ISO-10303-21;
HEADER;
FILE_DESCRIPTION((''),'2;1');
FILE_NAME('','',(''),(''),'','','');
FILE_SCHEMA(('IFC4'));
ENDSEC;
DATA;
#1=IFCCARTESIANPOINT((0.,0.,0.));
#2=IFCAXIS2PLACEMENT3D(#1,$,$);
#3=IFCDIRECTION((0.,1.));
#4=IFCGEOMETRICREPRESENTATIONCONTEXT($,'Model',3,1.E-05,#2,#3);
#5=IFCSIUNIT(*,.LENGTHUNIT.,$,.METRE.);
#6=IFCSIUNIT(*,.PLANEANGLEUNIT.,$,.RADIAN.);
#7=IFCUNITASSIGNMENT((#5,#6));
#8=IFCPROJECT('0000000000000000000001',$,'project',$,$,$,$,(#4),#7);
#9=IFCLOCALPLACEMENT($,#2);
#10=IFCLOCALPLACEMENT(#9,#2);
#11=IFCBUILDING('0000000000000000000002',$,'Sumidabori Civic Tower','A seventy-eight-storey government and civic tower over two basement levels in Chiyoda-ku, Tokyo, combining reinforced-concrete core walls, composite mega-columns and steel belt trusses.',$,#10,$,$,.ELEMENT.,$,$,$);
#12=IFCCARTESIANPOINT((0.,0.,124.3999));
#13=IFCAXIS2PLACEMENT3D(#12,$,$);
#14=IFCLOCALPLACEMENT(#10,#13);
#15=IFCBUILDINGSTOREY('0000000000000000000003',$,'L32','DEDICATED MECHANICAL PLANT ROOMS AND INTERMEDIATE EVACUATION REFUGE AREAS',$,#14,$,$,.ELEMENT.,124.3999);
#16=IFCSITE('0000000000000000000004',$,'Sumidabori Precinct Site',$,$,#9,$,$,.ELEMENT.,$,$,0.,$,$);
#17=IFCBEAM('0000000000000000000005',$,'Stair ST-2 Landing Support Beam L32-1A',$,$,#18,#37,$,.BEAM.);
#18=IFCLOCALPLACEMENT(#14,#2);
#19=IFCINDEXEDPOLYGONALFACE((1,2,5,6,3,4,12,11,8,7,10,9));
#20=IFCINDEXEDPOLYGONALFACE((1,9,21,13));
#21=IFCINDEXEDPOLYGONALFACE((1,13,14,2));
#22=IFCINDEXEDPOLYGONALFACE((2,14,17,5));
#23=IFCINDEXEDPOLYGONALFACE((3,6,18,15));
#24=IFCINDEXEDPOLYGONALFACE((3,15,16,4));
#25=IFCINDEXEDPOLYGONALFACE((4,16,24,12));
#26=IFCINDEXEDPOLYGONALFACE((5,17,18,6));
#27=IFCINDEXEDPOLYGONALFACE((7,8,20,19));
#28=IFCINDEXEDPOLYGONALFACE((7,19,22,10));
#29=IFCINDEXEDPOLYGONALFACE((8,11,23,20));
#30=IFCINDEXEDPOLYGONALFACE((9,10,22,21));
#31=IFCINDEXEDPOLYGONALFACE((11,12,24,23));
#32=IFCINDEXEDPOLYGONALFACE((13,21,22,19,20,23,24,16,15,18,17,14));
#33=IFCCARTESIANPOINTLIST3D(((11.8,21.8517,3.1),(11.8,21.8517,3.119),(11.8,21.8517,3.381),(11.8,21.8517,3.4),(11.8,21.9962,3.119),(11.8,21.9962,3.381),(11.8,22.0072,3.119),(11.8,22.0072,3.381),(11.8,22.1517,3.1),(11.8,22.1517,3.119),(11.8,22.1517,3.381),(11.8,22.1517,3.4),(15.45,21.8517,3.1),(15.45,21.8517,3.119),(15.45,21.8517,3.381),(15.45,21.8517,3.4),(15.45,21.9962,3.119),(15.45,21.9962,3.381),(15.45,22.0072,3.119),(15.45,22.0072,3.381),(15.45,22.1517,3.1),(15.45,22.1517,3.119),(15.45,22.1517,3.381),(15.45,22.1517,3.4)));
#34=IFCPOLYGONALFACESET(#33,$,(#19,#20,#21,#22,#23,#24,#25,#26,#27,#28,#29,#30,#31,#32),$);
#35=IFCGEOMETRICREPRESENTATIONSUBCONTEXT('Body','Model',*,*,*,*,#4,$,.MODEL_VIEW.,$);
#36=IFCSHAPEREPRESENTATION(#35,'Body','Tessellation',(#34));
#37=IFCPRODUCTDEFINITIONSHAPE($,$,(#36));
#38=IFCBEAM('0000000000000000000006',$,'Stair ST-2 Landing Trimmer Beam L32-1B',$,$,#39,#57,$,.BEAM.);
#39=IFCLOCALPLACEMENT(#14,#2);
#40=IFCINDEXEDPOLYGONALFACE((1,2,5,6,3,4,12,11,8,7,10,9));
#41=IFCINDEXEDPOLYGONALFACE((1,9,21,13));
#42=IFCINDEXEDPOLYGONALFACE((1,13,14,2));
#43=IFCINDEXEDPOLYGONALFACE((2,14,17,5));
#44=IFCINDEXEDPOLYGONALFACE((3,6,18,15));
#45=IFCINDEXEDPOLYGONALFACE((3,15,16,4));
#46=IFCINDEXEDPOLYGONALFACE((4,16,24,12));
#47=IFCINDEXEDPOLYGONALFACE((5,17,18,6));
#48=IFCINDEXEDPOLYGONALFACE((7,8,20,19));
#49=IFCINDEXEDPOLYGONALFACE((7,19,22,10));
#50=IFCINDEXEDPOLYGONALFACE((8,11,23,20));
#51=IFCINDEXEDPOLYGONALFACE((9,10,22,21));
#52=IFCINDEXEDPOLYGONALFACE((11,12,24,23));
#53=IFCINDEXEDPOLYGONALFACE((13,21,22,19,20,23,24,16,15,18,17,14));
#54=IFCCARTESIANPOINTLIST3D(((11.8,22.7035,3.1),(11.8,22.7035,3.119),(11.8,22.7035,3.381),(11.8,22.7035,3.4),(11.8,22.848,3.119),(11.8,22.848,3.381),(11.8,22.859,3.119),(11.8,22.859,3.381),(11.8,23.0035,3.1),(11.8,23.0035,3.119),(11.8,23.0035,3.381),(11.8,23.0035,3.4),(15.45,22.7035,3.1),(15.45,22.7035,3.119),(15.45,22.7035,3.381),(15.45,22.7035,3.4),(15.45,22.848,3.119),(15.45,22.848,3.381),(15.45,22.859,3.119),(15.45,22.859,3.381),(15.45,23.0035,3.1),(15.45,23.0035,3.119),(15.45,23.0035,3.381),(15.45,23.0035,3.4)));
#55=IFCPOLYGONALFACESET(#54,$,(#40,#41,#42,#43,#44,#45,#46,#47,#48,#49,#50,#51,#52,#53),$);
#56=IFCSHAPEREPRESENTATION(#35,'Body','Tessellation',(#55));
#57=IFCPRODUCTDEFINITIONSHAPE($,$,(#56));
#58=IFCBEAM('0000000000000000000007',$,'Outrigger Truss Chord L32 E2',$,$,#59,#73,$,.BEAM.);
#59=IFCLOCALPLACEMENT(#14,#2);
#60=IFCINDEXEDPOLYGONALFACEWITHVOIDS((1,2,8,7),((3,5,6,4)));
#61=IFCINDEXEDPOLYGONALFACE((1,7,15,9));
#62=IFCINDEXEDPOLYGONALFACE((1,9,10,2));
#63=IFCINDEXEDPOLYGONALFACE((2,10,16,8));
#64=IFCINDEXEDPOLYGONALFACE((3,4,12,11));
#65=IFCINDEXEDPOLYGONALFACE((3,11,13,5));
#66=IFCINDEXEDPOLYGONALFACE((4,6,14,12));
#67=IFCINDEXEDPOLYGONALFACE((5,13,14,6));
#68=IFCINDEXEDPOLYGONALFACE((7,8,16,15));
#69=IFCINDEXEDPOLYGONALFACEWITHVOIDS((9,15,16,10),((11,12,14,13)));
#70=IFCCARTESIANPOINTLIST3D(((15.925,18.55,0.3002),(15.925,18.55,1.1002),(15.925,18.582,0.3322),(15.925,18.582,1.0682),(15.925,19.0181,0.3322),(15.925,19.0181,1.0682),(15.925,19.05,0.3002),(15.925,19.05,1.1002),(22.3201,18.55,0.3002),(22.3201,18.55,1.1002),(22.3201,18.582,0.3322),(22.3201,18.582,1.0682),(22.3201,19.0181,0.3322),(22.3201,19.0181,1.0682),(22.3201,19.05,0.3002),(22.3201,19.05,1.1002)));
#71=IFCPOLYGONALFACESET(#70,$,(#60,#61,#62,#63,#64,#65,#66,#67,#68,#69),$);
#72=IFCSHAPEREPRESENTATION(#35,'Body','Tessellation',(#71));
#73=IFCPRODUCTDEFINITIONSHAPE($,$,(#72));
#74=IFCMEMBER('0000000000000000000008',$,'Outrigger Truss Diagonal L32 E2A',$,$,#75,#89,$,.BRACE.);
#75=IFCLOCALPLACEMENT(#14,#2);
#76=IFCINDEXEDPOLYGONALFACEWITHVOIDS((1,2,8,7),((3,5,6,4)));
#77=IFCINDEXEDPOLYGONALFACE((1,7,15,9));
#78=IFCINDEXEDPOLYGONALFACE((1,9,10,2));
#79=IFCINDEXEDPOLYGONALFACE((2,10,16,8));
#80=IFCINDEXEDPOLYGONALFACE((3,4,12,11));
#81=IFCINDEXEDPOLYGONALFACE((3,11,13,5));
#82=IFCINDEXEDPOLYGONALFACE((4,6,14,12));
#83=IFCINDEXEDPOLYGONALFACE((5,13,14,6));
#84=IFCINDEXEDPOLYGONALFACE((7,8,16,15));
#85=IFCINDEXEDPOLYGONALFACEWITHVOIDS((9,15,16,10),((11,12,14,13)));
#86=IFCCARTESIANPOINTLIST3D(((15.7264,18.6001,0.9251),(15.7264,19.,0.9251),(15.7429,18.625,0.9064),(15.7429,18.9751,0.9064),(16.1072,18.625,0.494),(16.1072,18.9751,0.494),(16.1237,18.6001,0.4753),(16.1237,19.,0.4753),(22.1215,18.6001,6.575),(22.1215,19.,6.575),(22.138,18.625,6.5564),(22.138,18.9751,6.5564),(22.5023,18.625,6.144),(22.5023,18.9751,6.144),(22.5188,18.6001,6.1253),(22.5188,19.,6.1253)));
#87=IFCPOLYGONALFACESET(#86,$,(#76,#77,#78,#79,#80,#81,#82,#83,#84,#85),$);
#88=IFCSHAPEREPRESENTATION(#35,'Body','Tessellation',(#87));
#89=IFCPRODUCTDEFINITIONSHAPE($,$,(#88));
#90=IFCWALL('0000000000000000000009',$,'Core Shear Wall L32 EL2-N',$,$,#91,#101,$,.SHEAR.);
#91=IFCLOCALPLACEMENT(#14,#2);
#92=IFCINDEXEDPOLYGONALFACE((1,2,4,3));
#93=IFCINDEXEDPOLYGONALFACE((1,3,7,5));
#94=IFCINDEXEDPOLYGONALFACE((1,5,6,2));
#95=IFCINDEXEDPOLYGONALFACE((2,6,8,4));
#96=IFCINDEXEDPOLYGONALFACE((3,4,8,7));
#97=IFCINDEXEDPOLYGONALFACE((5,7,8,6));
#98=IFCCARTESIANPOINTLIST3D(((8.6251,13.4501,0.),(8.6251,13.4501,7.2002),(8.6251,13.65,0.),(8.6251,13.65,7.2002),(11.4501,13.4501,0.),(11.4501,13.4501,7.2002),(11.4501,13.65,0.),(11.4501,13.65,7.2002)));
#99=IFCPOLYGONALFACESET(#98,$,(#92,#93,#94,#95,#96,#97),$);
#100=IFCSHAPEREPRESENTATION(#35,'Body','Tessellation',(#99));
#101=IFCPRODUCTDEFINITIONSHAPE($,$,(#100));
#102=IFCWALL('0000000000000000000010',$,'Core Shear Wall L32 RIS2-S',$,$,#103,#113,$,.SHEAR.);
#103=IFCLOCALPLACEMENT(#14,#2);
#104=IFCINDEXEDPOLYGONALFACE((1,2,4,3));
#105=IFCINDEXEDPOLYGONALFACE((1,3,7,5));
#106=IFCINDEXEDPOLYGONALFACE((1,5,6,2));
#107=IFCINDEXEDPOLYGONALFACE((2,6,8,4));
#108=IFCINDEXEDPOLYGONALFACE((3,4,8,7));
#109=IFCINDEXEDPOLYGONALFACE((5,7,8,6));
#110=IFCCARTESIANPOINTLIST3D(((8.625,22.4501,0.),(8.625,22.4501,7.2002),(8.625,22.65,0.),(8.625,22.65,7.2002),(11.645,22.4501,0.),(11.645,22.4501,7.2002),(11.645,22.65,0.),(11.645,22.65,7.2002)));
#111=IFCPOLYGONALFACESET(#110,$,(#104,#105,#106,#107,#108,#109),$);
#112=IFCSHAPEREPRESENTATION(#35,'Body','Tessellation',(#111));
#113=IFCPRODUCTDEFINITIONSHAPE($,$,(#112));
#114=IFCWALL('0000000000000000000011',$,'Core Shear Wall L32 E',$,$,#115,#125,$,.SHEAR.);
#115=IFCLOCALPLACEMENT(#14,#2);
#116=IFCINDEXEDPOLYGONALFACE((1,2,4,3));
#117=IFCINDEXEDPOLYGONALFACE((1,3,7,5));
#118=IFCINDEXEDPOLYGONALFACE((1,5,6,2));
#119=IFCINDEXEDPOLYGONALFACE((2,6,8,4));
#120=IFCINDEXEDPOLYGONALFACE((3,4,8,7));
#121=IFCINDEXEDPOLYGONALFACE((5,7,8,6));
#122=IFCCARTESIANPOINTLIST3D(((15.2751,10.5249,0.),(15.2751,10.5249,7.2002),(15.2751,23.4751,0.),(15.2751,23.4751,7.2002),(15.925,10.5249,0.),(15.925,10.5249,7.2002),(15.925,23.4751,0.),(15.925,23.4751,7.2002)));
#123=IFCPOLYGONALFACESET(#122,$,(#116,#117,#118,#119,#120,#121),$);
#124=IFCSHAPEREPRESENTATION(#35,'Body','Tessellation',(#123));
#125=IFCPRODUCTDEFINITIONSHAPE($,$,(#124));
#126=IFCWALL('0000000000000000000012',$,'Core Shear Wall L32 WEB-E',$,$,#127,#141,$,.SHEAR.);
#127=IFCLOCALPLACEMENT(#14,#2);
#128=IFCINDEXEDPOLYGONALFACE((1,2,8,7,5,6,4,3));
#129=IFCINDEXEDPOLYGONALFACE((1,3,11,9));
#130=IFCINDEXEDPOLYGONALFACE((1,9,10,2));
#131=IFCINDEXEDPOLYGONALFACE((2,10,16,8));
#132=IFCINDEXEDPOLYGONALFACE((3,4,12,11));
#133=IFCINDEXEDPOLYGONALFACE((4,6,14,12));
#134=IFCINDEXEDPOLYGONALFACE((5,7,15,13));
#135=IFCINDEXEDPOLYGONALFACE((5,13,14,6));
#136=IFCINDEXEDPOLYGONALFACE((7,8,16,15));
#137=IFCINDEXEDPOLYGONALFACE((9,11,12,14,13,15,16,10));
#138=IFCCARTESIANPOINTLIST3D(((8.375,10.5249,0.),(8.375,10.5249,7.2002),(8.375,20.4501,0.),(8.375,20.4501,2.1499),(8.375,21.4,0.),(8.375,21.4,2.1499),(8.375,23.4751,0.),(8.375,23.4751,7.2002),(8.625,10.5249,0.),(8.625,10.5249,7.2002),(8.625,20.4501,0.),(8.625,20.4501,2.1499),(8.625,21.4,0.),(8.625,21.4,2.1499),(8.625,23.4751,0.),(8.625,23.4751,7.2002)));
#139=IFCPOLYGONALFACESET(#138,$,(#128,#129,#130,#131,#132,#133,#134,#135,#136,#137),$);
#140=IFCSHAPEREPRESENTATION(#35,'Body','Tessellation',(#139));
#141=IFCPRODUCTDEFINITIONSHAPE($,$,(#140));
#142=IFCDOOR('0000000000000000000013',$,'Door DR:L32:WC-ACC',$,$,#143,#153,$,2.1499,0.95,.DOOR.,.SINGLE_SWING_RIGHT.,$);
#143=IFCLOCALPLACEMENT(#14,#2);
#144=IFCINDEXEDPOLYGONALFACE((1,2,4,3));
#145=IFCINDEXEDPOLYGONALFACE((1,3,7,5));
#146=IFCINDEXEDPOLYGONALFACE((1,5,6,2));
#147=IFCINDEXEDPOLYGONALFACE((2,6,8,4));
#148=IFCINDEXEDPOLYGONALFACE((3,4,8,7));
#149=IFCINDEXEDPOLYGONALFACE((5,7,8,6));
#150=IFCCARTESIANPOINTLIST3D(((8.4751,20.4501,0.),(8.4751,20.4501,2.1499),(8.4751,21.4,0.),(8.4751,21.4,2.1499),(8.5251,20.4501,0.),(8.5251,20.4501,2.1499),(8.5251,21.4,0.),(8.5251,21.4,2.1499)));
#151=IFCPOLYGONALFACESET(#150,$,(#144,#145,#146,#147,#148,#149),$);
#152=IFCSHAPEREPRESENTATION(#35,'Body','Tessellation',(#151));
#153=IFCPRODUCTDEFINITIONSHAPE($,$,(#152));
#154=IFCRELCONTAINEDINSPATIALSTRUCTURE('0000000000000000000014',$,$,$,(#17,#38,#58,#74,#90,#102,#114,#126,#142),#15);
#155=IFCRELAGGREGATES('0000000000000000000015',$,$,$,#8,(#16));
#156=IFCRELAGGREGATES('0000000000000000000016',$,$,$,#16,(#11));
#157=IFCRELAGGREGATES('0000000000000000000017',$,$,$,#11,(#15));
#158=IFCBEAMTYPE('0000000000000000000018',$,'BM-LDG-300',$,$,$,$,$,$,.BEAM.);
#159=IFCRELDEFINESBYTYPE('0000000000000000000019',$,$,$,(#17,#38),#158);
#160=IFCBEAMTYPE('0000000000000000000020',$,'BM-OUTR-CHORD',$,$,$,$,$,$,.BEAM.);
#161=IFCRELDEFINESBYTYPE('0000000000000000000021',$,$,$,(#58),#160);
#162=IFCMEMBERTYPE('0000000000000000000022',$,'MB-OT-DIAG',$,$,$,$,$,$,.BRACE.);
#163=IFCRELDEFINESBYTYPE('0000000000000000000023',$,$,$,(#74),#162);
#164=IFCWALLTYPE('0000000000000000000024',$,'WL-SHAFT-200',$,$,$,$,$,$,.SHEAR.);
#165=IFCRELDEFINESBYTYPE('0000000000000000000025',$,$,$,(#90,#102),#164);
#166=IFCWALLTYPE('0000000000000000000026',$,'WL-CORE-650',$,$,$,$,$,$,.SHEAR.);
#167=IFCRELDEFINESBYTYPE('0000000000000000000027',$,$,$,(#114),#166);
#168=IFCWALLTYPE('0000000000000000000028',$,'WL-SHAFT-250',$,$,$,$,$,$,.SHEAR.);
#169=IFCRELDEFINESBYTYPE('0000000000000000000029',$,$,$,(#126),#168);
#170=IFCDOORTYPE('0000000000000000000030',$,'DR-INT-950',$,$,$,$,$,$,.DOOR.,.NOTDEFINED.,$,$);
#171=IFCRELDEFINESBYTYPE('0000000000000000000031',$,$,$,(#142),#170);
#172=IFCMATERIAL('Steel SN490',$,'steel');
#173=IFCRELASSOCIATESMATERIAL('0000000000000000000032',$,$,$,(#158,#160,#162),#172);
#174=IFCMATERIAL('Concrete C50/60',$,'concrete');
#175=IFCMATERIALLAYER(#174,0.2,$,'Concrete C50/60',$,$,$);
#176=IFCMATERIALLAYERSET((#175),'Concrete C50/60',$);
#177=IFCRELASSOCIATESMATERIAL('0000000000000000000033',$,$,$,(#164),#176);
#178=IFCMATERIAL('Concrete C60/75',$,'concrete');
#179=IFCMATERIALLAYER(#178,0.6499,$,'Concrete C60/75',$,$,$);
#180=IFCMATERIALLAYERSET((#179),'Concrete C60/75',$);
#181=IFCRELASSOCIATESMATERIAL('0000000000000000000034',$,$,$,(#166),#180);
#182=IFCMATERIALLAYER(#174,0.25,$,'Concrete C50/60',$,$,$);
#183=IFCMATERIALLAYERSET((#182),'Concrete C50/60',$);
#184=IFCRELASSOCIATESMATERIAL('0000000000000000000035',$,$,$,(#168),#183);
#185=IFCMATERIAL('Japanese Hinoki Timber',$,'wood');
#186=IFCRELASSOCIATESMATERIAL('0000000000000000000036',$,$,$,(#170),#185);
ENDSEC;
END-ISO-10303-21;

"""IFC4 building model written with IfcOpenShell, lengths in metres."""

from ifc_helpers import new_model, si_unit, direction, frame, frame_2d, origin, origin_2d, place, context, subcontext, project, spatial, rectangle, hollow_rectangle, i_section, extrude, source, transform, mapped, material, layer, layer_set, material_profile, profile_set, type_object, element, fill, save


model = new_model("IFC4")

# Units and contexts
model_context = context("Model", 3, precision=1e-05, world=origin(), true_north=direction((0.0, 1.0)))
body_context = subcontext(model_context, "Body", "Model", "MODEL_VIEW")
ifc_project = project(units=[si_unit("LENGTHUNIT", "METRE"), si_unit("PLANEANGLEUNIT", "RADIAN")], contexts=[model_context])

# Site, building, storey
site_placement = place(None, origin())
site = spatial("IfcSite", under=ifc_project, at=site_placement, Name="Sumidabori Precinct Site", CompositionType="ELEMENT", RefElevation=0.0)
building_placement = place(site_placement, origin())
building = spatial("IfcBuilding", under=site, at=building_placement, Name="Sumidabori Civic Tower", Description="A seventy-eight-storey government and civic tower over two basement levels in Chiyoda-ku, Tokyo, combining reinforced-concrete core walls, composite mega-columns and steel belt trusses.", CompositionType="ELEMENT")
storey_placement = place(building_placement, frame((0.0, 0.0, 124.3999)))
storey = spatial("IfcBuildingStorey", under=building, at=storey_placement, Name="L32", Description="DEDICATED MECHANICAL PLANT ROOMS AND INTERMEDIATE EVACUATION REFUGE AREAS", CompositionType="ELEMENT", Elevation=124.3999)

# Beams
ifc_material_1 = material(Name="Steel SN490", Category="steel")
ifc_material_profile_1 = material_profile(ifc_material_1, i_section(OverallWidth=0.3, OverallDepth=0.3, WebThickness=0.011, FlangeThickness=0.019, at=origin_2d()), Name="HE 300 B")
ifc_profile_set_1 = profile_set([ifc_material_profile_1], Name="Steel SN490")
beam_type_1 = type_object("IfcBeamType", Name="BM-LDG-300", PredefinedType="BEAM", material=ifc_profile_set_1)
shared_shape_1 = source(origin(), body_context, "Body", "SweptSolid", [
    extrude(i_section(OverallWidth=0.3, OverallDepth=0.3, WebThickness=0.011, FlangeThickness=0.019, at=origin_2d()), origin(), (0.0, 0.0, 1.0), 3.6499),
])
for number, where, z_axis, x_axis, name in (
    (1, (11.8, 22.0017, 3.25), (1.0, 0.0, 0.0), (0.0, 1.0, 0.0), "Stair ST-2 Landing Support Beam L32-1A"),
    (2, (11.8, 22.8535, 3.25), (1.0, 0.0, 0.0), (0.0, 1.0, 0.0), "Stair ST-2 Landing Trimmer Beam L32-1B"),
):
    element("IfcBeam", number, at=place(storey_placement, frame(where, z_axis=z_axis, x_axis=x_axis)), inside=storey, type_object=beam_type_1, Name=name, PredefinedType="BEAM", context=body_context, shape_type="MappedRepresentation", body=[
        mapped(shared_shape_1, transform((0.0, 0.0, 0.0), x_axis=(1.0, 0.0, 0.0), y_axis=(0.0, 1.0, 0.0), z_axis=(0.0, 0.0, 1.0), scale=1.0)),
    ])
ifc_material_profile_2 = material_profile(ifc_material_1, hollow_rectangle(XDim=0.5, YDim=0.8, WallThickness=0.032, at=origin_2d()), Name="RHS 800x500x32")
ifc_profile_set_2 = profile_set([ifc_material_profile_2], Name="Steel SN490")
beam_type_2 = type_object("IfcBeamType", Name="BM-OUTR-CHORD", PredefinedType="BEAM", material=ifc_profile_set_2)
shared_shape_2 = source(origin(), body_context, "Body", "SweptSolid", [
    extrude(hollow_rectangle(XDim=0.5, YDim=0.8, WallThickness=0.032, at=origin_2d()), origin(), (0.0, 0.0, 1.0), 6.395),
])
beam_placement = place(storey_placement, frame((15.925, 18.8, 0.7002), z_axis=(1.0, 0.0, 0.0), x_axis=(0.0, 1.0, 0.0)))
element("IfcBeam", 3, at=beam_placement, inside=storey, type_object=beam_type_2, Name="Outrigger Truss Chord L32 E2", PredefinedType="BEAM", context=body_context, shape_type="MappedRepresentation", body=[
    mapped(shared_shape_2, transform((0.0, 0.0, 0.0), x_axis=(1.0, 0.0, 0.0), y_axis=(0.0, 1.0, 0.0), z_axis=(0.0, 0.0, 1.0), scale=1.0)),
])

# Member
ifc_material_profile_3 = material_profile(ifc_material_1, hollow_rectangle(XDim=0.3999, YDim=0.6001, WallThickness=0.0249, at=origin_2d()), Name="RHS 600x400x25")
ifc_profile_set_3 = profile_set([ifc_material_profile_3], Name="Steel SN490")
member_type = type_object("IfcMemberType", Name="MB-OT-DIAG", PredefinedType="BRACE", material=ifc_profile_set_3)
shared_shape_3 = source(origin(), body_context, "Body", "SweptSolid", [
    extrude(hollow_rectangle(XDim=0.3999, YDim=0.6001, WallThickness=0.0249, at=origin_2d()), origin(), (0.0, 0.0, 1.0), 8.5334),
])
member_placement = place(storey_placement, frame((15.925, 18.8, 0.7002), z_axis=(0.749417, 0.0, 0.662098), x_axis=(0.0, 1.0, 0.0)))
element("IfcMember", 4, at=member_placement, inside=storey, type_object=member_type, Name="Outrigger Truss Diagonal L32 E2A", PredefinedType="BRACE", context=body_context, shape_type="MappedRepresentation", body=[
    mapped(shared_shape_3, transform((0.0, 0.0, 0.0), x_axis=(1.0, 0.0, 0.0), y_axis=(0.0, 1.0, 0.0), z_axis=(0.0, 0.0, 1.0), scale=1.0)),
])

# Walls
ifc_material_2 = material(Name="Concrete C50/60", Category="concrete")
ifc_layer_1 = layer(ifc_material_2, 0.2, Name="Concrete C50/60")
ifc_layer_set_1 = layer_set([ifc_layer_1], Name="Concrete C50/60")
wall_type_1 = type_object("IfcWallType", Name="WL-SHAFT-200", PredefinedType="SHEAR", material=ifc_layer_set_1)
shared_shape_4 = source(origin(), body_context, "Body", "SweptSolid", [
    extrude(rectangle(XDim=2.825, YDim=0.2, at=frame_2d((1.4126, 0.0))), origin(), (0.0, 0.0, 1.0), 7.2002),
])
wall_1_placement = place(storey_placement, frame((8.625, 13.55, 0.0), z_axis=(0.0, 0.0, 1.0), x_axis=(1.0, 0.0, 0.0)))
element("IfcWall", 5, at=wall_1_placement, inside=storey, type_object=wall_type_1, Name="Core Shear Wall L32 EL2-N", PredefinedType="SHEAR", context=body_context, shape_type="MappedRepresentation", body=[
    mapped(shared_shape_4, transform((0.0, 0.0, 0.0), x_axis=(1.0, 0.0, 0.0), y_axis=(0.0, 1.0, 0.0), z_axis=(0.0, 0.0, 1.0), scale=1.0)),
])
shared_shape_5 = source(origin(), body_context, "Body", "SweptSolid", [
    extrude(rectangle(XDim=3.02, YDim=0.2, at=frame_2d((1.51, 0.0))), origin(), (0.0, 0.0, 1.0), 7.2002),
])
wall_2_placement = place(storey_placement, frame((8.625, 22.55, 0.0), z_axis=(0.0, 0.0, 1.0), x_axis=(1.0, 0.0, 0.0)))
element("IfcWall", 6, at=wall_2_placement, inside=storey, type_object=wall_type_1, Name="Core Shear Wall L32 RIS2-S", PredefinedType="SHEAR", context=body_context, shape_type="MappedRepresentation", body=[
    mapped(shared_shape_5, transform((0.0, 0.0, 0.0), x_axis=(1.0, 0.0, 0.0), y_axis=(0.0, 1.0, 0.0), z_axis=(0.0, 0.0, 1.0), scale=1.0)),
])
ifc_material_3 = material(Name="Concrete C60/75", Category="concrete")
ifc_layer_2 = layer(ifc_material_3, 0.6499, Name="Concrete C60/75")
ifc_layer_set_2 = layer_set([ifc_layer_2], Name="Concrete C60/75")
wall_type_2 = type_object("IfcWallType", Name="WL-CORE-650", PredefinedType="SHEAR", material=ifc_layer_set_2)
shared_shape_6 = source(origin(), body_context, "Body", "SweptSolid", [
    extrude(rectangle(XDim=12.9502, YDim=0.6499, at=frame_2d((6.4751, 0.0))), origin(), (0.0, 0.0, 1.0), 7.2002),
])
wall_3_placement = place(storey_placement, frame((15.6001, 10.5249, 0.0), z_axis=(0.0, 0.0, 1.0), x_axis=(0.0, 1.0, 0.0)))
element("IfcWall", 7, at=wall_3_placement, inside=storey, type_object=wall_type_2, Name="Core Shear Wall L32 E", PredefinedType="SHEAR", context=body_context, shape_type="MappedRepresentation", body=[
    mapped(shared_shape_6, transform((0.0, 0.0, 0.0), x_axis=(1.0, 0.0, 0.0), y_axis=(0.0, 1.0, 0.0), z_axis=(0.0, 0.0, 1.0), scale=1.0)),
])

# Wall, opening, door
ifc_layer_3 = layer(ifc_material_2, 0.25, Name="Concrete C50/60")
ifc_layer_set_3 = layer_set([ifc_layer_3], Name="Concrete C50/60")
wall_type_3 = type_object("IfcWallType", Name="WL-SHAFT-250", PredefinedType="SHEAR", material=ifc_layer_set_3)
shared_shape_7 = source(origin(), body_context, "Body", "SweptSolid", [
    extrude(rectangle(XDim=12.9502, YDim=0.25, at=frame_2d((6.4751, 0.0))), origin(), (0.0, 0.0, 1.0), 7.2002),
])
wall_4_placement = place(storey_placement, frame((8.5, 10.5249, 0.0), z_axis=(0.0, 0.0, 1.0), x_axis=(0.0, 1.0, 0.0)))
wall_4 = element("IfcWall", 8, at=wall_4_placement, inside=storey, type_object=wall_type_3, Name="Core Shear Wall L32 WEB-E", PredefinedType="SHEAR", context=body_context, shape_type="MappedRepresentation", body=[
    mapped(shared_shape_7, transform((0.0, 0.0, 0.0), x_axis=(1.0, 0.0, 0.0), y_axis=(0.0, 1.0, 0.0), z_axis=(0.0, 0.0, 1.0), scale=1.0)),
])
opening_1_placement = place(wall_4_placement, frame((9.925, 0.0, 0.0)))
opening_1 = element("IfcOpeningElement", 9, at=opening_1_placement, cuts=wall_4, PredefinedType="OPENING", context=body_context, shape_type="SweptSolid", body=[
    extrude(rectangle(XDim=0.95, YDim=2.1499, at=frame_2d((0.4751, 1.075))), frame((0.0, 0.137, 0.0), z_axis=(0.0, -1.0, 0.0), x_axis=(1.0, 0.0, 0.0)), (0.0, 0.0, 1.0), 0.2739),
])
ifc_material_4 = material(Name="Japanese Hinoki Timber", Category="wood")
door_type_1 = type_object("IfcDoorType", Name="DR-INT-950", OperationType="NOTDEFINED", PredefinedType="DOOR", material=ifc_material_4)
shared_shape_8 = source(origin(), body_context, "Body", "SweptSolid", [
    extrude(rectangle(XDim=0.95, YDim=2.1499, at=frame_2d((0.4751, 1.075))), frame((0.0, 0.0249, 0.0), z_axis=(0.0, -1.0, 0.0), x_axis=(1.0, 0.0, 0.0)), (0.0, 0.0, 1.0), 0.05),
])
door_1_placement = place(opening_1_placement, origin())
door_1 = element("IfcDoor", 10, at=door_1_placement, inside=storey, type_object=door_type_1, Name="Door DR:L32:WC-ACC", OperationType="SINGLE_SWING_RIGHT", OverallHeight=2.1499, OverallWidth=0.95, PredefinedType="DOOR", context=body_context, shape_type="MappedRepresentation", body=[
    mapped(shared_shape_8, transform((0.0, 0.0, 0.0), x_axis=(1.0, 0.0, 0.0), y_axis=(0.0, 1.0, 0.0), z_axis=(0.0, 0.0, 1.0), scale=1.0)),
])
fill(opening_1, door_1)

save(model, "model.ifc")
